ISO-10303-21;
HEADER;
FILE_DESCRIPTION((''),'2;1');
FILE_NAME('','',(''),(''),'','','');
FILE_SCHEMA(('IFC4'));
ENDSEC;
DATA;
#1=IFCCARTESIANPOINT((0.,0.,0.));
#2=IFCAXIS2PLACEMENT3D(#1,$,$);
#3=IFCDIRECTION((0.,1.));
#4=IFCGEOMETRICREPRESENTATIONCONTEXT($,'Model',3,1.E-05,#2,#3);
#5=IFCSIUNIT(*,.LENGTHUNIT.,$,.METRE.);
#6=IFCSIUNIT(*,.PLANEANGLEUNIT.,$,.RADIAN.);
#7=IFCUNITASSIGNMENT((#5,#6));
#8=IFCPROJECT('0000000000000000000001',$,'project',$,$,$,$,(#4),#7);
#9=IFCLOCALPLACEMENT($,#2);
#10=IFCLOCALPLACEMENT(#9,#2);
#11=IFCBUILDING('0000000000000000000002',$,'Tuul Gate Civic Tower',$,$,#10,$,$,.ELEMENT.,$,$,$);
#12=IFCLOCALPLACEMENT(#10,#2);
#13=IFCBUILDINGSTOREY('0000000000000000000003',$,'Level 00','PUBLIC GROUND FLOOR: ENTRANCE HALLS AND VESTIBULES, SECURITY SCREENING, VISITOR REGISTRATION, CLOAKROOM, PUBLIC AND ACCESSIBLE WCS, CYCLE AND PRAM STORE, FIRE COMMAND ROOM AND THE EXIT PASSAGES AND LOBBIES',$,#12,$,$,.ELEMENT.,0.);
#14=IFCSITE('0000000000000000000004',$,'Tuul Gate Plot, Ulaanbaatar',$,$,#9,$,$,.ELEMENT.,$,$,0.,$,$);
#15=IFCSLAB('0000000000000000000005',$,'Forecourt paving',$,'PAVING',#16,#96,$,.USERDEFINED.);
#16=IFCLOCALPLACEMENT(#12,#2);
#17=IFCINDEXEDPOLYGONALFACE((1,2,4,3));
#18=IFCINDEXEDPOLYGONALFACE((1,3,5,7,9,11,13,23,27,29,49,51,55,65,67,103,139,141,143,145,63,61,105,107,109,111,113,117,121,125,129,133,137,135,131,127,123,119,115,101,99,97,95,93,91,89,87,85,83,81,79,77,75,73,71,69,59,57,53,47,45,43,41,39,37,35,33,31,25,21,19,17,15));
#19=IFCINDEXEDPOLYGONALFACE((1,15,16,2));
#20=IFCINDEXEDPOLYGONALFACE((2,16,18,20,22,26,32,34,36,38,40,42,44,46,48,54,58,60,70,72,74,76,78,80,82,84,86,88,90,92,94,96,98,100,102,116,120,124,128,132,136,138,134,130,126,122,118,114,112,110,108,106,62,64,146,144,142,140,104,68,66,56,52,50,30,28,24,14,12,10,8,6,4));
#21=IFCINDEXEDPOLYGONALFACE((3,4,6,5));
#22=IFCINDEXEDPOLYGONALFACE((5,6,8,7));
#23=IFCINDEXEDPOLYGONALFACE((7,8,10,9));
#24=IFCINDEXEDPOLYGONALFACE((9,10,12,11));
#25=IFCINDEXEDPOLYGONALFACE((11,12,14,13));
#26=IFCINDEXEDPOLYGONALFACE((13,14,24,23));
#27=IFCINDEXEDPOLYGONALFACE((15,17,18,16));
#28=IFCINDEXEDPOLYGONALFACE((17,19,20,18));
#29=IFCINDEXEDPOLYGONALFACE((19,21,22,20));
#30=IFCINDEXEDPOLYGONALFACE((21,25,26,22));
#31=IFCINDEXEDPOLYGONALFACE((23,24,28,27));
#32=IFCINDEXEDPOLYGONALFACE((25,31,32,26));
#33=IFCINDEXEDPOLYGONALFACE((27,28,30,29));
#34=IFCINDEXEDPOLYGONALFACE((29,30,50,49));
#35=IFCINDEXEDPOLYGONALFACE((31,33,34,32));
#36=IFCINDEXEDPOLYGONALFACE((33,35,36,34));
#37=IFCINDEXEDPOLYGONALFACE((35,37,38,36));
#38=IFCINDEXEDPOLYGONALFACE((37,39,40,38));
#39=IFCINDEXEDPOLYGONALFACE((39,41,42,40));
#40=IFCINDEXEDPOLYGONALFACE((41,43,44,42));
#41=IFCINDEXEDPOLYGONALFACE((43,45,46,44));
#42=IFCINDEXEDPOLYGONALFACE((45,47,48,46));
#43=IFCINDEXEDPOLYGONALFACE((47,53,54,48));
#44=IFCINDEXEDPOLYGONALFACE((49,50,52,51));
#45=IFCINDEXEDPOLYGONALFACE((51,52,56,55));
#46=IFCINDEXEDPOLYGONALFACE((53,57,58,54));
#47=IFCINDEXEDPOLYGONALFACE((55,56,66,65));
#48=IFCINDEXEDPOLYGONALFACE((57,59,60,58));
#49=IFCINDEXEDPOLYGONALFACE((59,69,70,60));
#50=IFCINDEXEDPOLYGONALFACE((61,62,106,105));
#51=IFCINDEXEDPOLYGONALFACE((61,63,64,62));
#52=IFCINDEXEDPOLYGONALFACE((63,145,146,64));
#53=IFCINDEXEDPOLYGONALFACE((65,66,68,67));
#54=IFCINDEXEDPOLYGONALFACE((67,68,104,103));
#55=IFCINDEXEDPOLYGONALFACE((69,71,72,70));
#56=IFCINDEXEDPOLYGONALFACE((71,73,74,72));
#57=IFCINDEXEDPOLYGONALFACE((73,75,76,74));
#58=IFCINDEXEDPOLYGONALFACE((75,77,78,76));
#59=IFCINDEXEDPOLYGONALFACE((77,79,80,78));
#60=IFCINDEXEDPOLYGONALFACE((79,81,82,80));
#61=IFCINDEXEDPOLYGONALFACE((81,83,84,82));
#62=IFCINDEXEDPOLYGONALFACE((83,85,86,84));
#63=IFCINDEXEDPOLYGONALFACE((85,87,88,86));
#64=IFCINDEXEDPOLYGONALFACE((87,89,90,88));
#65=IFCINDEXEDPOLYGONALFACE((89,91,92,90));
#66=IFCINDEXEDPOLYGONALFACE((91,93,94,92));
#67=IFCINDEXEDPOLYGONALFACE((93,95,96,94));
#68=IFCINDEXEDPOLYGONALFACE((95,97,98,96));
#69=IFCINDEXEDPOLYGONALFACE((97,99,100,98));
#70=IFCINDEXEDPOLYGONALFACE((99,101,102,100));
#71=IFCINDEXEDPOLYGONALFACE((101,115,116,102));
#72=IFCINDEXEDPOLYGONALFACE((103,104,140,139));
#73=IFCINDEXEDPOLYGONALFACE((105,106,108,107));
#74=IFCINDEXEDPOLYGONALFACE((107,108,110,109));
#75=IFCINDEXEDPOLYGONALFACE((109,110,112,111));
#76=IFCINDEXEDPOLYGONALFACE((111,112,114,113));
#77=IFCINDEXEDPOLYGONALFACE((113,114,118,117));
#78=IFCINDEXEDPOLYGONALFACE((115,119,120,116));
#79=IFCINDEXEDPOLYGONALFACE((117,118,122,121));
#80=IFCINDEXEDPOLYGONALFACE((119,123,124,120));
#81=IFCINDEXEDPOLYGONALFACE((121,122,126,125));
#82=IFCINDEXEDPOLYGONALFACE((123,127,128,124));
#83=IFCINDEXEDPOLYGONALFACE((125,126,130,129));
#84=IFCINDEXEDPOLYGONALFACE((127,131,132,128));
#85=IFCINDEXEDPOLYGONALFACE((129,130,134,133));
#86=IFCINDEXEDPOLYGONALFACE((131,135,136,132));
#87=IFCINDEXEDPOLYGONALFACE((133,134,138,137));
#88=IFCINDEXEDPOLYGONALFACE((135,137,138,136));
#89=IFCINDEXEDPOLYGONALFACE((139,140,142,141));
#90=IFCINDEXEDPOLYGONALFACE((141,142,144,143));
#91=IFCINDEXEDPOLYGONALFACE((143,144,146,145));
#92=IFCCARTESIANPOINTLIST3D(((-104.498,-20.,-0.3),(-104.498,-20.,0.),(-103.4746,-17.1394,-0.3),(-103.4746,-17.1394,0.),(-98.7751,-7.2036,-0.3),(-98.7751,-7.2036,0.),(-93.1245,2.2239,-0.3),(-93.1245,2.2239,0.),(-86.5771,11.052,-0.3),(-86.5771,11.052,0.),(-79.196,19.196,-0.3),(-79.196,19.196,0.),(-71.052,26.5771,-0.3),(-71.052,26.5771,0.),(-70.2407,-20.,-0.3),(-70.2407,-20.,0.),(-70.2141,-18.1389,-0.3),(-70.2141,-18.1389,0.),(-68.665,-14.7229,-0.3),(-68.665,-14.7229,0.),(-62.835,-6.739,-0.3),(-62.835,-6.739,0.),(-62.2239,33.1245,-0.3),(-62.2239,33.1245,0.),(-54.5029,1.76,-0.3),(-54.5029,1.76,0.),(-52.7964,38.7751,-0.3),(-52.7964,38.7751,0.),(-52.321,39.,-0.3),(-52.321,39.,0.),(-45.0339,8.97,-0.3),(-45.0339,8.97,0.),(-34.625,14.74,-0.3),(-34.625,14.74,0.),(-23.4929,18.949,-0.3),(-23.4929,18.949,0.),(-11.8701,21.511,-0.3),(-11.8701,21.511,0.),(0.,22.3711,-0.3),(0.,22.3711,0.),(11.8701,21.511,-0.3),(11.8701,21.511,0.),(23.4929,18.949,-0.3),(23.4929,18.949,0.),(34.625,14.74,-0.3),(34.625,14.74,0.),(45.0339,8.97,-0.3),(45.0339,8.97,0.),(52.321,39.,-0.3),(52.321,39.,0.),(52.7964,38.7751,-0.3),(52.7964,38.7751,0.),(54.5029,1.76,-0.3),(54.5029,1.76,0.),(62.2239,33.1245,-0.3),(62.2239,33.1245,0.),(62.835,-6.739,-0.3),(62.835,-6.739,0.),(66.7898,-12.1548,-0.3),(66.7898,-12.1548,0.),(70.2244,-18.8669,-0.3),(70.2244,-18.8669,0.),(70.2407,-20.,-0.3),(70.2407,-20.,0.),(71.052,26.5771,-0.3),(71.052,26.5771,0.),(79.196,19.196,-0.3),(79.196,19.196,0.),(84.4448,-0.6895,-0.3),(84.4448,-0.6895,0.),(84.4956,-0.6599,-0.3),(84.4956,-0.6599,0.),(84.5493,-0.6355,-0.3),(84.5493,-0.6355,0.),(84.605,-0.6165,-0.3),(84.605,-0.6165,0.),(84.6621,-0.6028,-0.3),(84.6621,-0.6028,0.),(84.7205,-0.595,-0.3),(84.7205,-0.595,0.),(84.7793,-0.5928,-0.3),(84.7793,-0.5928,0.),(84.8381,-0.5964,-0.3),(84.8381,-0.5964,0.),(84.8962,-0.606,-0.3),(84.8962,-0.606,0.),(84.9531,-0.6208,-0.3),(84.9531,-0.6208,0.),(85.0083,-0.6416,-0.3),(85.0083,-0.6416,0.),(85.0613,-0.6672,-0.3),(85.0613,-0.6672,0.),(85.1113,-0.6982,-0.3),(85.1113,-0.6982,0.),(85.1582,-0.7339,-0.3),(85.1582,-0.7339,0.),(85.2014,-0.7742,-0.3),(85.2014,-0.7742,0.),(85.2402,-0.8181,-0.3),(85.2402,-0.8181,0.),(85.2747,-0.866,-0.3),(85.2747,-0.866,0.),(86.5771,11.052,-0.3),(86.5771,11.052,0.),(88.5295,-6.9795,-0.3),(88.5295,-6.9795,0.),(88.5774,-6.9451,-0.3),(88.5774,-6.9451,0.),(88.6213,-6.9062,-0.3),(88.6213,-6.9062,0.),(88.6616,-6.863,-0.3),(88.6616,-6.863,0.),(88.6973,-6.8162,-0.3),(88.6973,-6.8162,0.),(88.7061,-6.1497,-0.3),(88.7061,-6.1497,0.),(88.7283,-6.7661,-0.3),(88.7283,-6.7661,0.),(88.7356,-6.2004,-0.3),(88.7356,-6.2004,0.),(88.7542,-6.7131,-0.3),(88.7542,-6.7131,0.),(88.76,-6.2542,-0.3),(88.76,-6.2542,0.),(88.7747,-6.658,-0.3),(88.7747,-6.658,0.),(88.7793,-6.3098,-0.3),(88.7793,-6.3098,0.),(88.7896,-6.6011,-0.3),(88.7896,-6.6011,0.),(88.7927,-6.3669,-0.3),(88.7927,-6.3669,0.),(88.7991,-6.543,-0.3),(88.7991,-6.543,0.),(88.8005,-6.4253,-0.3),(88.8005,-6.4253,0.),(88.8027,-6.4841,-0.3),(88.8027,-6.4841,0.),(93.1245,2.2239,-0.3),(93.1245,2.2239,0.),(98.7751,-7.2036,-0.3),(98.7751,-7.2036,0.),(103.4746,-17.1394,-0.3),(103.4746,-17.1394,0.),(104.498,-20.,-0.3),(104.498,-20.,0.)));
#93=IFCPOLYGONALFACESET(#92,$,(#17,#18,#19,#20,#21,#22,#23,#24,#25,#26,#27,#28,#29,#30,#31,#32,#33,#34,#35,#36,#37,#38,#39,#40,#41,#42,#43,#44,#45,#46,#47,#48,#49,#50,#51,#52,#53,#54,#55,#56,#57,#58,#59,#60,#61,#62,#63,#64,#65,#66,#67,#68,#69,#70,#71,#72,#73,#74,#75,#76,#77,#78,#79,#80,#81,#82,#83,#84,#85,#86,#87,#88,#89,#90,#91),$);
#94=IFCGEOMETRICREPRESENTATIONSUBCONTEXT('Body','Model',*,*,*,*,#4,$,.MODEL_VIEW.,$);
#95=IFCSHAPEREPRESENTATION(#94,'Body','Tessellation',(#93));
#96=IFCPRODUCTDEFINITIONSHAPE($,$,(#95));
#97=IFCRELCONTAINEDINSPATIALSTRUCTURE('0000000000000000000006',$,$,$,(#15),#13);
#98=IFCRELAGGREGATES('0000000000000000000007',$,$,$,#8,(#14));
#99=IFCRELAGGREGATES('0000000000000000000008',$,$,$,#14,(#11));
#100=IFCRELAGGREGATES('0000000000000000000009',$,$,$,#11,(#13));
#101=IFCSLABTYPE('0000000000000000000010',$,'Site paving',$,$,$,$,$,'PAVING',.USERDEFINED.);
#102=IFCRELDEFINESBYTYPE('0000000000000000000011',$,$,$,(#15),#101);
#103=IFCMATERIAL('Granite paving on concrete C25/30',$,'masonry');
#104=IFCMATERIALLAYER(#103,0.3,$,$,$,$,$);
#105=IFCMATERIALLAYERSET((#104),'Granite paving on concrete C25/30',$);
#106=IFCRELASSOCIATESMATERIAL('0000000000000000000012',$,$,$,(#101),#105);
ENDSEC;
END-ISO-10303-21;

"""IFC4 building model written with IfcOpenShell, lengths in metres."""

from ifc_helpers import new_model, si_unit, direction, frame, origin, place, context, subcontext, project, spatial, polyline, outline, extrude, material, layer, layer_set, type_object, element, save


model = new_model("IFC4")

# Units and contexts
model_context = context("Model", 3, precision=1e-05, world=origin(), true_north=direction((0.0, 1.0)))
body_context = subcontext(model_context, "Body", "Model", "MODEL_VIEW")
ifc_project = project(units=[si_unit("LENGTHUNIT", "METRE"), si_unit("PLANEANGLEUNIT", "RADIAN")], contexts=[model_context])

# Site, building, storey
site_placement = place(None, origin())
site = spatial("IfcSite", under=ifc_project, at=site_placement, Name="Tuul Gate Plot, Ulaanbaatar", CompositionType="ELEMENT", RefElevation=0.0)
building_placement = place(site_placement, origin())
building = spatial("IfcBuilding", under=site, at=building_placement, Name="Tuul Gate Civic Tower", CompositionType="ELEMENT")
storey_placement = place(building_placement, origin())
storey = spatial("IfcBuildingStorey", under=building, at=storey_placement, Name="Level 00", Description="PUBLIC GROUND FLOOR: ENTRANCE HALLS AND VESTIBULES, SECURITY SCREENING, VISITOR REGISTRATION, CLOAKROOM, PUBLIC AND ACCESSIBLE WCS, CYCLE AND PRAM STORE, FIRE COMMAND ROOM AND THE EXIT PASSAGES AND LOBBIES", CompositionType="ELEMENT", Elevation=0.0)

# Slab
ifc_material_1 = material(Name="Granite paving on concrete C25/30", Category="masonry")
ifc_layer_1 = layer(ifc_material_1, 0.3)
ifc_layer_set_1 = layer_set([ifc_layer_1], Name="Granite paving on concrete C25/30")
slab_type_1 = type_object("IfcSlabType", Name="Site paving", ElementType="PAVING", PredefinedType="USERDEFINED", material=ifc_layer_set_1)
slab_1_placement = place(storey_placement, frame((0.0, 0.0, -0.3)))
element("IfcSlab", 1, at=slab_1_placement, inside=storey, type_object=slab_type_1, Name="Forecourt paving", ObjectType="PAVING", PredefinedType="USERDEFINED", context=body_context, shape_type="SweptSolid", body=[
    extrude(outline(polyline([(-79.196, 19.196), (-86.5771, 11.052), (-93.1245, 2.2239), (-98.7751, -7.2036), (-103.4746, -17.1394), (-104.498, -20.0), (-70.2407, -20.0), (-70.2141, -18.1389), (-68.665, -14.7229), (-62.835, -6.739), (-54.5029, 1.76), (-45.0339, 8.97), (-34.625, 14.74), (-23.4929, 18.949), (-11.8701, 21.511), (0.0, 22.3711), (11.8701, 21.511), (23.4929, 18.949), (34.625, 14.74), (45.0339, 8.97), (54.5029, 1.76), (62.835, -6.739), (66.7898, -12.1548), (84.4448, -0.6895), (84.4956, -0.6599), (84.5493, -0.6355), (84.605, -0.6165), (84.6621, -0.6028), (84.7205, -0.595), (84.7793, -0.5928), (84.8381, -0.5964), (84.8962, -0.606), (84.9531, -0.6208), (85.0083, -0.6416), (85.0613, -0.6672), (85.1113, -0.6982), (85.1582, -0.7339), (85.2014, -0.7742), (85.2402, -0.8181), (85.2747, -0.866), (88.7061, -6.1497), (88.7356, -6.2004), (88.76, -6.2542), (88.7793, -6.3098), (88.7927, -6.3669), (88.8005, -6.4253), (88.8027, -6.4841), (88.7991, -6.543), (88.7896, -6.6011), (88.7747, -6.658), (88.7542, -6.7131), (88.7283, -6.7661), (88.6973, -6.8162), (88.6616, -6.863), (88.6213, -6.9062), (88.5774, -6.9451), (88.5295, -6.9795), (70.2244, -18.8669), (70.2407, -20.0), (104.498, -20.0), (103.4746, -17.1394), (98.7751, -7.2036), (93.1245, 2.2239), (86.5771, 11.052), (79.196, 19.196), (71.052, 26.5771), (62.2239, 33.1245), (52.7964, 38.7751), (52.321, 39.0), (-52.321, 39.0), (-52.7964, 38.7751), (-62.2239, 33.1245), (-71.052, 26.5771), (-79.196, 19.196)])), origin(), (0.0, 0.0, 1.0), 0.3),
])

save(model, "model.ifc")
